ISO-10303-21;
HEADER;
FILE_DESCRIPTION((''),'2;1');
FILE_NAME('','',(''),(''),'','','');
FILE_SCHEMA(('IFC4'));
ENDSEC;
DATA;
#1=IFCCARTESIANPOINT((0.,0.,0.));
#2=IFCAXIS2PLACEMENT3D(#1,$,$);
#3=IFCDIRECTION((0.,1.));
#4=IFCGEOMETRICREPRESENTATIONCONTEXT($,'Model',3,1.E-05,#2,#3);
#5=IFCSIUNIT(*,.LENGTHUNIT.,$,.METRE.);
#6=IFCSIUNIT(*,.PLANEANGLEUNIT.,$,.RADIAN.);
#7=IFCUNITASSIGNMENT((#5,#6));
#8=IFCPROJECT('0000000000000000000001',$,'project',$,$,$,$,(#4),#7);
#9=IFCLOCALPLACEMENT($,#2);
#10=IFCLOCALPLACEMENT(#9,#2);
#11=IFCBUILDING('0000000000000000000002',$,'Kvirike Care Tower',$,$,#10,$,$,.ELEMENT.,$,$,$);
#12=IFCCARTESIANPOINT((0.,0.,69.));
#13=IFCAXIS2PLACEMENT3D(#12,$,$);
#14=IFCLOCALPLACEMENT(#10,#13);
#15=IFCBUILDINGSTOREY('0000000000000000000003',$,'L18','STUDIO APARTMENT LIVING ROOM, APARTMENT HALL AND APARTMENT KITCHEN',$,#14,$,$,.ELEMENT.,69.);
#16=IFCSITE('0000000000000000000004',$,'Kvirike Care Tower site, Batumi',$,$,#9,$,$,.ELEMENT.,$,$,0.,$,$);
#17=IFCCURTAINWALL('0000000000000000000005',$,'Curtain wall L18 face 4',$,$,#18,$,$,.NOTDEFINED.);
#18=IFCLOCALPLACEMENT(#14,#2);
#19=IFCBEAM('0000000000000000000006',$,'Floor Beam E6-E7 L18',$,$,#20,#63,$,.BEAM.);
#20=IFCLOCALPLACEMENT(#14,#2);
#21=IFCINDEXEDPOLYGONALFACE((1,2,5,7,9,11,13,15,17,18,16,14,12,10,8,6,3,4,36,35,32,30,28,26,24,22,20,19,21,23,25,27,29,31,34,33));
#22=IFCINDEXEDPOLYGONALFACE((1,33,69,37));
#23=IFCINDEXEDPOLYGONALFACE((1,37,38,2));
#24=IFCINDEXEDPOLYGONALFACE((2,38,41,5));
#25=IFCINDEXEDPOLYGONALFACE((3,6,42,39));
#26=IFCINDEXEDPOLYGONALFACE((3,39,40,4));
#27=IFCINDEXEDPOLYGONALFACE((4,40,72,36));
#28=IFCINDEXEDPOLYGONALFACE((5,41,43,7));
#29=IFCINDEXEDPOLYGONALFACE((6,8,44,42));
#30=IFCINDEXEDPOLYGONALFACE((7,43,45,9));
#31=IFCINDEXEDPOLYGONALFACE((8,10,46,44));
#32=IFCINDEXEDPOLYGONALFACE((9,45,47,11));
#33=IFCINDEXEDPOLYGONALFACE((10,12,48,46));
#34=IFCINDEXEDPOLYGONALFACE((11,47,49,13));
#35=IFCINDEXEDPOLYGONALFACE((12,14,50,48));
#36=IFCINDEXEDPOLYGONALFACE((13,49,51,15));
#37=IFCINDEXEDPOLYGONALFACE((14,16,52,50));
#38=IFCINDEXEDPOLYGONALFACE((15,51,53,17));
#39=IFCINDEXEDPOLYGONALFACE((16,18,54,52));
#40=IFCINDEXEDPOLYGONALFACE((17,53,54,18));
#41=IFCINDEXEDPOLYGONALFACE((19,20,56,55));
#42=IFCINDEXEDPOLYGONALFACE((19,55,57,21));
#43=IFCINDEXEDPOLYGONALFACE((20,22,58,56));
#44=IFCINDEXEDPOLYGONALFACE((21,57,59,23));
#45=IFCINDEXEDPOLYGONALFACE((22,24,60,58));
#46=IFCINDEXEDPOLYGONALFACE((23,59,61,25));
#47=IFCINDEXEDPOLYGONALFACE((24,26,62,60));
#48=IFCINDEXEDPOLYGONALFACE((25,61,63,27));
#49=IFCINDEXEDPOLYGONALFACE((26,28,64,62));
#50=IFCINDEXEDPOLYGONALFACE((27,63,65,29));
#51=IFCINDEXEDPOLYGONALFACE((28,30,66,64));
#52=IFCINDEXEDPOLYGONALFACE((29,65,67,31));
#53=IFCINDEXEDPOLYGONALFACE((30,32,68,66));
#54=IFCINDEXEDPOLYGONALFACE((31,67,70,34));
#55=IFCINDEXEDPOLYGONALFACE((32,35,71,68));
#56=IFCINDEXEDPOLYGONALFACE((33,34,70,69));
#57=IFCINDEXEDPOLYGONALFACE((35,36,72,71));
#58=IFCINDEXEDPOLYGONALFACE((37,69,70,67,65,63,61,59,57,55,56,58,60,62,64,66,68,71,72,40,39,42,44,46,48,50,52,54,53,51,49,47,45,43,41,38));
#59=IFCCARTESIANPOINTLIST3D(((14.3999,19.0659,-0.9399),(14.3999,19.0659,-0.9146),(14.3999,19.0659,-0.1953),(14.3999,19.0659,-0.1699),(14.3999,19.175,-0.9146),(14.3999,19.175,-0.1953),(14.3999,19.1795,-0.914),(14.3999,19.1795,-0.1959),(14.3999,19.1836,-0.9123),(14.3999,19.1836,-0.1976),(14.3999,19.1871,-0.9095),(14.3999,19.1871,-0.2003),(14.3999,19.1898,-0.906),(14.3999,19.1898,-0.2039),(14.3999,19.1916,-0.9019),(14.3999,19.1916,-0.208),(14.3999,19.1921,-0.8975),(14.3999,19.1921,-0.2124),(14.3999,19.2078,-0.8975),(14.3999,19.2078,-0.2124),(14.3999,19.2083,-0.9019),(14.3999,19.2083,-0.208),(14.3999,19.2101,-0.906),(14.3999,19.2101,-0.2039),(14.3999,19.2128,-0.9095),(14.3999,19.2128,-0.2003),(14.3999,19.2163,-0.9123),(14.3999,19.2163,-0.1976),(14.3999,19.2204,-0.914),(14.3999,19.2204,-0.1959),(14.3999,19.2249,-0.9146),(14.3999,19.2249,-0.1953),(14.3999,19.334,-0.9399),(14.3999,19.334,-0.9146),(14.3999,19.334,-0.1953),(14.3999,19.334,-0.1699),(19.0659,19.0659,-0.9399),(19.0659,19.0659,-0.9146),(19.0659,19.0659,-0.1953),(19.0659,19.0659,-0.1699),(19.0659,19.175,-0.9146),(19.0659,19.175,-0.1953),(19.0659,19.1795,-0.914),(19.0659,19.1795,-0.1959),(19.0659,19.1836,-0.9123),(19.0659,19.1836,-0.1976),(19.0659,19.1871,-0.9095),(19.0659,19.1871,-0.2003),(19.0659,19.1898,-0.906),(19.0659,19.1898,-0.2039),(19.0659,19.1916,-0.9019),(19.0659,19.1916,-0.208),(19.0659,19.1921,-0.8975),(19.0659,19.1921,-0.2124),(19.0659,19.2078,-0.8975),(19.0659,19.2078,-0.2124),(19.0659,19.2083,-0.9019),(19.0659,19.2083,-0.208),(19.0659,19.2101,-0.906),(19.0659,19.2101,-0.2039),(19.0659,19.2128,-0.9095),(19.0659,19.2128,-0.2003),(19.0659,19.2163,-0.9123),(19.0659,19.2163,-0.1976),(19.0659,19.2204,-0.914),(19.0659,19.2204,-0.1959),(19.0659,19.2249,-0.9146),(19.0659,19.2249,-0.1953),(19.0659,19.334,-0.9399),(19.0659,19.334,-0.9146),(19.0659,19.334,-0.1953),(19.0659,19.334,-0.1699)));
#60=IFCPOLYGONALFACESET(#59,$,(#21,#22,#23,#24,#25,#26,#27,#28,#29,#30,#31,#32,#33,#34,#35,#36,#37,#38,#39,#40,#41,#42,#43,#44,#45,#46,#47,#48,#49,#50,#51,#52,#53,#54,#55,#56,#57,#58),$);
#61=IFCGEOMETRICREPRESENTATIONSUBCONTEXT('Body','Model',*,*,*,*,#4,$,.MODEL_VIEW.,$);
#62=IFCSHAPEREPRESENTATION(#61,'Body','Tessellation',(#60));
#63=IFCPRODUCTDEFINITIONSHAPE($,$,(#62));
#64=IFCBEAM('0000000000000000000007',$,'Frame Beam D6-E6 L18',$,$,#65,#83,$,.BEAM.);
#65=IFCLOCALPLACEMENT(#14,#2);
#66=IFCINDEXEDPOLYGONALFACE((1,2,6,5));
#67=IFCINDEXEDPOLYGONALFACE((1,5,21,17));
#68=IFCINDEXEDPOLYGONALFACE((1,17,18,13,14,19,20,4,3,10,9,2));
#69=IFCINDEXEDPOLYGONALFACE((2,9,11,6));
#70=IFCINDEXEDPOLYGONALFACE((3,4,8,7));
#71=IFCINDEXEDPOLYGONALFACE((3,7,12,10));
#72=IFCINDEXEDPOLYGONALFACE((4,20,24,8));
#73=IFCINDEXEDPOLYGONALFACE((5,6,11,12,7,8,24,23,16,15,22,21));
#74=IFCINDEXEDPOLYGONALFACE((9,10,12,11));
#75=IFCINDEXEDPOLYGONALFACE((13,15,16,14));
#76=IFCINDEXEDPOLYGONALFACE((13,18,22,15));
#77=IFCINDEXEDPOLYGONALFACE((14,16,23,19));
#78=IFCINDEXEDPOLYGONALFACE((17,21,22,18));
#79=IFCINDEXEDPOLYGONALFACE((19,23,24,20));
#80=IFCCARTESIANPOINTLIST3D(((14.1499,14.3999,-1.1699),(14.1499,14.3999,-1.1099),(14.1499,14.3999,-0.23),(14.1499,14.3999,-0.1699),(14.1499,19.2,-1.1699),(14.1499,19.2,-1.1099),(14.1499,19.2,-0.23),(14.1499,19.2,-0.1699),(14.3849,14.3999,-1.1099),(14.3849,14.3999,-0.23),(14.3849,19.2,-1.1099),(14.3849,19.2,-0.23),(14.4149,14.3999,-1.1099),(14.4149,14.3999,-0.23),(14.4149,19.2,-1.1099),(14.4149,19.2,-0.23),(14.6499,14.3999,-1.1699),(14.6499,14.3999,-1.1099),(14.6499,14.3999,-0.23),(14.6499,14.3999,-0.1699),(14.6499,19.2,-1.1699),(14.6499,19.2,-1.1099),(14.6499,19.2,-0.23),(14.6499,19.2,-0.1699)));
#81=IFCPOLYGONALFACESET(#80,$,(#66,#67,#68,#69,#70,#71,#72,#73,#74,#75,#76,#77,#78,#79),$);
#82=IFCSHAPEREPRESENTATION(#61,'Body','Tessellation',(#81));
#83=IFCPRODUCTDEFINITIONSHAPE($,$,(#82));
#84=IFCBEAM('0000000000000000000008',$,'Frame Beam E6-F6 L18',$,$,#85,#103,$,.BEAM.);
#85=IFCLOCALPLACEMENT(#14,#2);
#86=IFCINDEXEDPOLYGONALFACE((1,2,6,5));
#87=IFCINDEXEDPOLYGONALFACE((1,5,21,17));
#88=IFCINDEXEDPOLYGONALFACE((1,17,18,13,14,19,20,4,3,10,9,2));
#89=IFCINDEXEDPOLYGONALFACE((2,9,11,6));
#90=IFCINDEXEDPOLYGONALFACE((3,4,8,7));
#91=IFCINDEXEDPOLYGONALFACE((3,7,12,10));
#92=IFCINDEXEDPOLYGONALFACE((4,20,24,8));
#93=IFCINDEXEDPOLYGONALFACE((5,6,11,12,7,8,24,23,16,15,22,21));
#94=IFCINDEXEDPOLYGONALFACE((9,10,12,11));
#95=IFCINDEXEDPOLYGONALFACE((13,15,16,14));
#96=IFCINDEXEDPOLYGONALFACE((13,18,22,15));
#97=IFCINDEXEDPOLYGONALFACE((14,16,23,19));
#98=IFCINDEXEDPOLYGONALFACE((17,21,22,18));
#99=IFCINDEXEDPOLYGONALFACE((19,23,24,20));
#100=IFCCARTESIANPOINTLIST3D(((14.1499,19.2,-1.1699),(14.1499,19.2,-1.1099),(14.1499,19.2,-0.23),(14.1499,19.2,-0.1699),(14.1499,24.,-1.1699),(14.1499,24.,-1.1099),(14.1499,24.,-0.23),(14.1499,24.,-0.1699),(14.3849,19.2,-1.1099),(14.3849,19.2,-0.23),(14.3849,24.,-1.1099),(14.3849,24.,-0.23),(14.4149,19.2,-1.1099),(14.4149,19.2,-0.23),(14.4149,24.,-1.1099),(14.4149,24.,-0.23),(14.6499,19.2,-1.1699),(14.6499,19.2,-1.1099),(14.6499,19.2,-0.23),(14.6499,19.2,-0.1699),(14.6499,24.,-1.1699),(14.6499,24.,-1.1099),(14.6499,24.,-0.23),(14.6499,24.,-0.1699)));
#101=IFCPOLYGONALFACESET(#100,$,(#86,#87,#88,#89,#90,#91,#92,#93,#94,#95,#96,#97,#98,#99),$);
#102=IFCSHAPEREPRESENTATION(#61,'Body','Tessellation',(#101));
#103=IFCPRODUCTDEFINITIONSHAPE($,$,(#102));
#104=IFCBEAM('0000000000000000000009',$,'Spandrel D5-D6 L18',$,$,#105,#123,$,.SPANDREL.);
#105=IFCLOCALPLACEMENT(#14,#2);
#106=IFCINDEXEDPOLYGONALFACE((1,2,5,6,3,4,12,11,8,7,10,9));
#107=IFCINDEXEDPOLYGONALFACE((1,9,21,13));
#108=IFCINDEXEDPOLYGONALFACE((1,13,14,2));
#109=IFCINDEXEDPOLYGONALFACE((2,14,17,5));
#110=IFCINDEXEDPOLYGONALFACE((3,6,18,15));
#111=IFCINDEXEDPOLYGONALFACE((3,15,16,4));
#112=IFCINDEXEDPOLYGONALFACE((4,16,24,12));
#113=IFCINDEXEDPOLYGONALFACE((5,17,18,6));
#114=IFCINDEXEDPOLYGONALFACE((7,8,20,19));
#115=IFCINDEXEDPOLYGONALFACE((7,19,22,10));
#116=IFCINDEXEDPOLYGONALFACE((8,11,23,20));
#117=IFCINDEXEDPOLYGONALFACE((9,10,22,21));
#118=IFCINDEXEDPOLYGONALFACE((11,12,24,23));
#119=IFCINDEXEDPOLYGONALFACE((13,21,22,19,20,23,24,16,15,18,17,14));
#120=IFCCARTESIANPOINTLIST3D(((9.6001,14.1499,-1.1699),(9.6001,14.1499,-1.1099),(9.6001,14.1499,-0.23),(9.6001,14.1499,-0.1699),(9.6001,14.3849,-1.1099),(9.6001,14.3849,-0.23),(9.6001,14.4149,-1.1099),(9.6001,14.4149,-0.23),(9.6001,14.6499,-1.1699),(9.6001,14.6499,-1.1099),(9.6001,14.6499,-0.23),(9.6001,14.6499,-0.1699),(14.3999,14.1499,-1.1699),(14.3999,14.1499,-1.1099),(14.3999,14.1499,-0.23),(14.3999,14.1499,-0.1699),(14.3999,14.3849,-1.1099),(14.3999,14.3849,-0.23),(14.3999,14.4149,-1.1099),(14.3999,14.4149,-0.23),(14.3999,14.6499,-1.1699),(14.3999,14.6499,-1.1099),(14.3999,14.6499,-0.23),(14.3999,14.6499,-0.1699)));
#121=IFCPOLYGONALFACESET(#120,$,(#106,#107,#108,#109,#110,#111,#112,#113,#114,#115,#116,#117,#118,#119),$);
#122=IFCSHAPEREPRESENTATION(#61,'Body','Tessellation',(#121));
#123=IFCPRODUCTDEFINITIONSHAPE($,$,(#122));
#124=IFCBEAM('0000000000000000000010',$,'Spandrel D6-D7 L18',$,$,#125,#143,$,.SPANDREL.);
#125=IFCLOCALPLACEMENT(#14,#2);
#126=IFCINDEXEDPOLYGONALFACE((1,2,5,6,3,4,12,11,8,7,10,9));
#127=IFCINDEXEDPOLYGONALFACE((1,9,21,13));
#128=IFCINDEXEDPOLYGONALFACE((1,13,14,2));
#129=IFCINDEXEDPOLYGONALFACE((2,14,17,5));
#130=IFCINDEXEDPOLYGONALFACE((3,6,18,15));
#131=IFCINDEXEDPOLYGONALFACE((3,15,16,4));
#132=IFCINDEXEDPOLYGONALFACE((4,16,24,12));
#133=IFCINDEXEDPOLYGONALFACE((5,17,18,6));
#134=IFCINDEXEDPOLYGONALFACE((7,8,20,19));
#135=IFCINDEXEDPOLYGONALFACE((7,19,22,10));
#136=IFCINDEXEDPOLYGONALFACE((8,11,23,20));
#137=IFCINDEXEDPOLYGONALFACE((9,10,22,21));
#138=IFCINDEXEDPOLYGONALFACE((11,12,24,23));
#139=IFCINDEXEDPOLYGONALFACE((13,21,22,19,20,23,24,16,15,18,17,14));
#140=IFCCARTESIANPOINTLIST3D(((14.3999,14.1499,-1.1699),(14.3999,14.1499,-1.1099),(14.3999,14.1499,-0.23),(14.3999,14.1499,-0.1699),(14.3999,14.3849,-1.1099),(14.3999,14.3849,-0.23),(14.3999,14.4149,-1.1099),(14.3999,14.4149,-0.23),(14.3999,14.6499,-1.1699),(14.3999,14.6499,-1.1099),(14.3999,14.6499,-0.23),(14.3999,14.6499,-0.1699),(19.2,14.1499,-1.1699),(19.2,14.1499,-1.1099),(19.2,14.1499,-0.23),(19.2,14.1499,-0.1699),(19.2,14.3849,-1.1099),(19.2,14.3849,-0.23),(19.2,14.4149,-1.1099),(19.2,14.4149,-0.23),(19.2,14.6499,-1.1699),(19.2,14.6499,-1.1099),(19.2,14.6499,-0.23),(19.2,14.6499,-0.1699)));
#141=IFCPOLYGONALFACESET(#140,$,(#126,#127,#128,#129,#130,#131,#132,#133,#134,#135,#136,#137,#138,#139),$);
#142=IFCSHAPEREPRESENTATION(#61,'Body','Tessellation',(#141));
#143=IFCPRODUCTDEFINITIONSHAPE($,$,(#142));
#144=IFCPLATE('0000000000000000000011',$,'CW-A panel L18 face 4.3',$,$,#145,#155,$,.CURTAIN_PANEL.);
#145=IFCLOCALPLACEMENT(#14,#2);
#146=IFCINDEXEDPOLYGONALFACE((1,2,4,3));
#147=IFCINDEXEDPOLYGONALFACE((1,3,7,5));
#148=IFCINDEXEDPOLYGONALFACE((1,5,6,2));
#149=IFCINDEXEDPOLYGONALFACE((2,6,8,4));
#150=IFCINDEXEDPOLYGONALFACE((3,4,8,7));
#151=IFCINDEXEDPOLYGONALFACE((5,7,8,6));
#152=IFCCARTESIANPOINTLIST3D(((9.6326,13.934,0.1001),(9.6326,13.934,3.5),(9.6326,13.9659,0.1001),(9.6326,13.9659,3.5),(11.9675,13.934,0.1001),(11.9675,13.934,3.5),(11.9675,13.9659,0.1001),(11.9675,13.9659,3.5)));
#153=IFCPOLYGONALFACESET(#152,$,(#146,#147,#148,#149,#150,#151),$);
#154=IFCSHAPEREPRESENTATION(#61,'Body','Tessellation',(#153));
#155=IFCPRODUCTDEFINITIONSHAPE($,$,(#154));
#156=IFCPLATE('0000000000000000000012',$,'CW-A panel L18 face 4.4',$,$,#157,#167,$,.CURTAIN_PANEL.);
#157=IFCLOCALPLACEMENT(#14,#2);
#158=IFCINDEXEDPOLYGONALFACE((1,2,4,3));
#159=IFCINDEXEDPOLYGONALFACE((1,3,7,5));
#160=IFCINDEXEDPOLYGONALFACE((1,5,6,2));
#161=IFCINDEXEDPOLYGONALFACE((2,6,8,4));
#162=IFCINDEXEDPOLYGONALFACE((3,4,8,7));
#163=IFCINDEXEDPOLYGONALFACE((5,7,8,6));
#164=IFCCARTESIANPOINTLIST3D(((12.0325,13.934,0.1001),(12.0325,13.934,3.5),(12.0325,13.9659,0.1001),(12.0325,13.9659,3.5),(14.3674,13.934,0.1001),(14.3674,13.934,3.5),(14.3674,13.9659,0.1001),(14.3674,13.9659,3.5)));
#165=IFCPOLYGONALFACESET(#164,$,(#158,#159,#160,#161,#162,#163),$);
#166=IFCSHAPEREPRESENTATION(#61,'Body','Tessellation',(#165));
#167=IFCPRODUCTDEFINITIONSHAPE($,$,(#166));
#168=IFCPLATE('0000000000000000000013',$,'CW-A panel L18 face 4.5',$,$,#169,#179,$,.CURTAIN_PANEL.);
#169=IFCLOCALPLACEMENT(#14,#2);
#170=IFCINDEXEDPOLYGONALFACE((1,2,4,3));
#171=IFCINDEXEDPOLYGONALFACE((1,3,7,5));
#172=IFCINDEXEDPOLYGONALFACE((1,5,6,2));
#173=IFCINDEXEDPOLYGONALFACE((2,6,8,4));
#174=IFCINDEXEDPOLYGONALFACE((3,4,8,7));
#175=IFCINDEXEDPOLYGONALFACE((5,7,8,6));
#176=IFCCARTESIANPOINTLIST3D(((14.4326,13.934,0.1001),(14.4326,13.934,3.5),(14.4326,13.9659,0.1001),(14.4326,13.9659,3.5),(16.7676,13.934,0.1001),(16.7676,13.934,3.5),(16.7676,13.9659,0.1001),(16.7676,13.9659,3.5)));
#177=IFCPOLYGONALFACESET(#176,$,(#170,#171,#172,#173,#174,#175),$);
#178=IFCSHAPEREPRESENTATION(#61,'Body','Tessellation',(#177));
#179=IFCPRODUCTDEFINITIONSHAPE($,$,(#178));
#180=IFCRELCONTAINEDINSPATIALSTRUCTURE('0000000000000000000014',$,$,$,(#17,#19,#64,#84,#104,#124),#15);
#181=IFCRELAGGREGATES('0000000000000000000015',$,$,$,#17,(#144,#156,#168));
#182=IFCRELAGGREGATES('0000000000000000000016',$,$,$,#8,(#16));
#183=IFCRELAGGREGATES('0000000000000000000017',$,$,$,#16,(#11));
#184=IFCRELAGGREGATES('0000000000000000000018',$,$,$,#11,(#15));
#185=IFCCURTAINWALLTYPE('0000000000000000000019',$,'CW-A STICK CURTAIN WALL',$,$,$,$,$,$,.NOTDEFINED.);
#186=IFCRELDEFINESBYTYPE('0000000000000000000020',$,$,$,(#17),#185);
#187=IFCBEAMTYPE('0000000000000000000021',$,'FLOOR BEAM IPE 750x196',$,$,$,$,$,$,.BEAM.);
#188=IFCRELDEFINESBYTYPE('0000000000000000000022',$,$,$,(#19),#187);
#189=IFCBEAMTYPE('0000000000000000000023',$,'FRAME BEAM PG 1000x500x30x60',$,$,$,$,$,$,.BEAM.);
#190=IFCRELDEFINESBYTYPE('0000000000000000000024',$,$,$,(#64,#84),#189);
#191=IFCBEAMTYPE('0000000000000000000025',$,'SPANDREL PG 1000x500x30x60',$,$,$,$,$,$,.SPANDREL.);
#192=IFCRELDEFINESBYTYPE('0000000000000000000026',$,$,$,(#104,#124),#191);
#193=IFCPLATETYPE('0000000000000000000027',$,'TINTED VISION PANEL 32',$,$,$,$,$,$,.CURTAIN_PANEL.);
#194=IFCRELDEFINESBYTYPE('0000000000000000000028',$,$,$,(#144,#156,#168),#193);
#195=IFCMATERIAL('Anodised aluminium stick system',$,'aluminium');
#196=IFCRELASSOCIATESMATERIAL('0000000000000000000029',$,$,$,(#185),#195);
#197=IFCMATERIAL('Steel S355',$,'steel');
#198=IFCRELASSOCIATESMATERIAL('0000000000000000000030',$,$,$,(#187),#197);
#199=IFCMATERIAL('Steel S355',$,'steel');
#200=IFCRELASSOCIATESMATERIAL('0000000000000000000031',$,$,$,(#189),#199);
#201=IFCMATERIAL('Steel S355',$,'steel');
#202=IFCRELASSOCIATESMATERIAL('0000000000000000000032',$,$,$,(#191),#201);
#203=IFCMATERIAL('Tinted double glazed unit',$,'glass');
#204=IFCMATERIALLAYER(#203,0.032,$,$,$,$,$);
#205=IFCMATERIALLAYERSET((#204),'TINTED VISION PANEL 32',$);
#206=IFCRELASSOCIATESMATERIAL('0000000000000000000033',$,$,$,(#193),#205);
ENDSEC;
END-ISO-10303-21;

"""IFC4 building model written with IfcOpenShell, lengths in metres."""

from ifc_helpers import new_model, si_unit, direction, frame, origin, origin_2d, place, context, subcontext, project, spatial, rectangle, i_section, extrude, material, layer, layer_set, material_profile, profile_set, type_object, element, aggregate, save


model = new_model("IFC4")

# Units and contexts
model_context = context("Model", 3, precision=1e-05, world=origin(), true_north=direction((0.0, 1.0)))
body_context = subcontext(model_context, "Body", "Model", "MODEL_VIEW")
ifc_project = project(units=[si_unit("LENGTHUNIT", "METRE"), si_unit("PLANEANGLEUNIT", "RADIAN")], contexts=[model_context])

# Site, building, storey
site_placement = place(None, origin())
site = spatial("IfcSite", under=ifc_project, at=site_placement, Name="Kvirike Care Tower site, Batumi", CompositionType="ELEMENT", RefElevation=0.0)
building_placement = place(site_placement, origin())
building = spatial("IfcBuilding", under=site, at=building_placement, Name="Kvirike Care Tower", CompositionType="ELEMENT")
storey_placement = place(building_placement, frame((0.0, 0.0, 69.0)))
storey = spatial("IfcBuildingStorey", under=building, at=storey_placement, Name="L18", Description="STUDIO APARTMENT LIVING ROOM, APARTMENT HALL AND APARTMENT KITCHEN", CompositionType="ELEMENT", Elevation=69.0)

# Curtain wall
ifc_material_1 = material(Name="Anodised aluminium stick system", Category="aluminium")
curtain_wall_type = type_object("IfcCurtainWallType", Name="CW-A STICK CURTAIN WALL", PredefinedType="NOTDEFINED", material=ifc_material_1)
curtain_wall_placement = place(storey_placement, origin())
curtain_wall = element("IfcCurtainWall", 1, at=curtain_wall_placement, inside=storey, type_object=curtain_wall_type, Name="Curtain wall L18 face 4", PredefinedType="NOTDEFINED")

# Beams
ifc_material_2 = material(Name="Steel S355", Category="steel")
ifc_material_profile_1 = material_profile(ifc_material_2, i_section(OverallWidth=0.2681, OverallDepth=0.77, WebThickness=0.0156, FlangeThickness=0.0254, FilletRadius=0.0171, at=origin_2d()), Name="IPE 750x196")
ifc_profile_set_1 = profile_set([ifc_material_profile_1], Name="Steel S355")
beam_type_1 = type_object("IfcBeamType", Name="FLOOR BEAM IPE 750x196", PredefinedType="BEAM", material=ifc_profile_set_1)
beam_1_placement = place(storey_placement, frame((14.3999, 19.2, -0.5549), z_axis=(1.0, 0.0, 0.0), x_axis=(0.0, 1.0, 0.0)))
element("IfcBeam", 2, at=beam_1_placement, inside=storey, type_object=beam_type_1, Name="Floor Beam E6-E7 L18", PredefinedType="BEAM", context=body_context, shape_type="SweptSolid", body=[
    extrude(i_section(OverallWidth=0.2681, OverallDepth=0.77, WebThickness=0.0156, FlangeThickness=0.0254, FilletRadius=0.0171, at=origin_2d()), origin(), (0.0, 0.0, 1.0), 4.666),
])
ifc_material_3 = material(Name="Steel S355", Category="steel")
ifc_material_profile_2 = material_profile(ifc_material_3, i_section(OverallWidth=0.5, OverallDepth=1.0, WebThickness=0.03, FlangeThickness=0.0601, at=origin_2d()), Name="PG 1000x500x30x60")
ifc_profile_set_2 = profile_set([ifc_material_profile_2], Name="Steel S355")
beam_type_2 = type_object("IfcBeamType", Name="FRAME BEAM PG 1000x500x30x60", PredefinedType="BEAM", material=ifc_profile_set_2)
for number, where, z_axis, x_axis, name in (
    (3, (14.3999, 14.3999, -0.6699), (0.0, 1.0, 0.0), (-1.0, 0.0, 0.0), "Frame Beam D6-E6 L18"),
    (4, (14.3999, 19.2, -0.6699), (0.0, 1.0, 0.0), (-1.0, 0.0, 0.0), "Frame Beam E6-F6 L18"),
):
    element("IfcBeam", number, at=place(storey_placement, frame(where, z_axis=z_axis, x_axis=x_axis)), inside=storey, type_object=beam_type_2, Name=name, PredefinedType="BEAM", context=body_context, shape_type="SweptSolid", body=[
        extrude(i_section(OverallWidth=0.5, OverallDepth=1.0, WebThickness=0.03, FlangeThickness=0.0601, at=origin_2d()), origin(), (0.0, 0.0, 1.0), 4.8),
    ])
ifc_material_4 = material(Name="Steel S355", Category="steel")
ifc_material_profile_3 = material_profile(ifc_material_4, i_section(OverallWidth=0.5, OverallDepth=1.0, WebThickness=0.03, FlangeThickness=0.0601, at=origin_2d()), Name="PG 1000x500x30x60")
ifc_profile_set_3 = profile_set([ifc_material_profile_3], Name="Steel S355")
beam_type_3 = type_object("IfcBeamType", Name="SPANDREL PG 1000x500x30x60", PredefinedType="SPANDREL", material=ifc_profile_set_3)
beam_2_placement = place(storey_placement, frame((9.6001, 14.3999, -0.6699), z_axis=(1.0, 0.0, 0.0), x_axis=(0.0, 1.0, 0.0)))
element("IfcBeam", 5, at=beam_2_placement, inside=storey, type_object=beam_type_3, Name="Spandrel D5-D6 L18", PredefinedType="SPANDREL", context=body_context, shape_type="SweptSolid", body=[
    extrude(i_section(OverallWidth=0.5, OverallDepth=1.0, WebThickness=0.03, FlangeThickness=0.0601, at=origin_2d()), origin(), (0.0, 0.0, 1.0), 4.7998),
])
beam_3_placement = place(storey_placement, frame((14.3999, 14.3999, -0.6699), z_axis=(1.0, 0.0, 0.0), x_axis=(0.0, 1.0, 0.0)))
element("IfcBeam", 6, at=beam_3_placement, inside=storey, type_object=beam_type_3, Name="Spandrel D6-D7 L18", PredefinedType="SPANDREL", context=body_context, shape_type="SweptSolid", body=[
    extrude(i_section(OverallWidth=0.5, OverallDepth=1.0, WebThickness=0.03, FlangeThickness=0.0601, at=origin_2d()), origin(), (0.0, 0.0, 1.0), 4.8),
])

# Plates
ifc_material_5 = material(Name="Tinted double glazed unit", Category="glass")
ifc_layer_1 = layer(ifc_material_5, 0.032)
ifc_layer_set_1 = layer_set([ifc_layer_1], Name="TINTED VISION PANEL 32")
plate_type = type_object("IfcPlateType", Name="TINTED VISION PANEL 32", PredefinedType="CURTAIN_PANEL", material=ifc_layer_set_1)
plate_1_placement = place(storey_placement, frame((10.8, 13.95, 0.1001), z_axis=(0.0, 0.0, 1.0), x_axis=(1.0, 0.0, 0.0)))
plate_1 = element("IfcPlate", 7, at=plate_1_placement, type_object=plate_type, Name="CW-A panel L18 face 4.3", PredefinedType="CURTAIN_PANEL", context=body_context, shape_type="SweptSolid", body=[
    extrude(rectangle(XDim=2.335, YDim=0.032, at=origin_2d()), origin(), (0.0, 0.0, 1.0), 3.3999),
])
plate_2_placement = place(storey_placement, frame((13.2, 13.95, 0.1001), z_axis=(0.0, 0.0, 1.0), x_axis=(1.0, 0.0, 0.0)))
plate_2 = element("IfcPlate", 8, at=plate_2_placement, type_object=plate_type, Name="CW-A panel L18 face 4.4", PredefinedType="CURTAIN_PANEL", context=body_context, shape_type="SweptSolid", body=[
    extrude(rectangle(XDim=2.335, YDim=0.032, at=origin_2d()), origin(), (0.0, 0.0, 1.0), 3.3999),
])
plate_3_placement = place(storey_placement, frame((15.6001, 13.95, 0.1001), z_axis=(0.0, 0.0, 1.0), x_axis=(1.0, 0.0, 0.0)))
plate_3 = element("IfcPlate", 9, at=plate_3_placement, type_object=plate_type, Name="CW-A panel L18 face 4.5", PredefinedType="CURTAIN_PANEL", context=body_context, shape_type="SweptSolid", body=[
    extrude(rectangle(XDim=2.335, YDim=0.032, at=origin_2d()), origin(), (0.0, 0.0, 1.0), 3.3999),
])
aggregate(curtain_wall, [plate_1, plate_2, plate_3])

save(model, "model.ifc")
